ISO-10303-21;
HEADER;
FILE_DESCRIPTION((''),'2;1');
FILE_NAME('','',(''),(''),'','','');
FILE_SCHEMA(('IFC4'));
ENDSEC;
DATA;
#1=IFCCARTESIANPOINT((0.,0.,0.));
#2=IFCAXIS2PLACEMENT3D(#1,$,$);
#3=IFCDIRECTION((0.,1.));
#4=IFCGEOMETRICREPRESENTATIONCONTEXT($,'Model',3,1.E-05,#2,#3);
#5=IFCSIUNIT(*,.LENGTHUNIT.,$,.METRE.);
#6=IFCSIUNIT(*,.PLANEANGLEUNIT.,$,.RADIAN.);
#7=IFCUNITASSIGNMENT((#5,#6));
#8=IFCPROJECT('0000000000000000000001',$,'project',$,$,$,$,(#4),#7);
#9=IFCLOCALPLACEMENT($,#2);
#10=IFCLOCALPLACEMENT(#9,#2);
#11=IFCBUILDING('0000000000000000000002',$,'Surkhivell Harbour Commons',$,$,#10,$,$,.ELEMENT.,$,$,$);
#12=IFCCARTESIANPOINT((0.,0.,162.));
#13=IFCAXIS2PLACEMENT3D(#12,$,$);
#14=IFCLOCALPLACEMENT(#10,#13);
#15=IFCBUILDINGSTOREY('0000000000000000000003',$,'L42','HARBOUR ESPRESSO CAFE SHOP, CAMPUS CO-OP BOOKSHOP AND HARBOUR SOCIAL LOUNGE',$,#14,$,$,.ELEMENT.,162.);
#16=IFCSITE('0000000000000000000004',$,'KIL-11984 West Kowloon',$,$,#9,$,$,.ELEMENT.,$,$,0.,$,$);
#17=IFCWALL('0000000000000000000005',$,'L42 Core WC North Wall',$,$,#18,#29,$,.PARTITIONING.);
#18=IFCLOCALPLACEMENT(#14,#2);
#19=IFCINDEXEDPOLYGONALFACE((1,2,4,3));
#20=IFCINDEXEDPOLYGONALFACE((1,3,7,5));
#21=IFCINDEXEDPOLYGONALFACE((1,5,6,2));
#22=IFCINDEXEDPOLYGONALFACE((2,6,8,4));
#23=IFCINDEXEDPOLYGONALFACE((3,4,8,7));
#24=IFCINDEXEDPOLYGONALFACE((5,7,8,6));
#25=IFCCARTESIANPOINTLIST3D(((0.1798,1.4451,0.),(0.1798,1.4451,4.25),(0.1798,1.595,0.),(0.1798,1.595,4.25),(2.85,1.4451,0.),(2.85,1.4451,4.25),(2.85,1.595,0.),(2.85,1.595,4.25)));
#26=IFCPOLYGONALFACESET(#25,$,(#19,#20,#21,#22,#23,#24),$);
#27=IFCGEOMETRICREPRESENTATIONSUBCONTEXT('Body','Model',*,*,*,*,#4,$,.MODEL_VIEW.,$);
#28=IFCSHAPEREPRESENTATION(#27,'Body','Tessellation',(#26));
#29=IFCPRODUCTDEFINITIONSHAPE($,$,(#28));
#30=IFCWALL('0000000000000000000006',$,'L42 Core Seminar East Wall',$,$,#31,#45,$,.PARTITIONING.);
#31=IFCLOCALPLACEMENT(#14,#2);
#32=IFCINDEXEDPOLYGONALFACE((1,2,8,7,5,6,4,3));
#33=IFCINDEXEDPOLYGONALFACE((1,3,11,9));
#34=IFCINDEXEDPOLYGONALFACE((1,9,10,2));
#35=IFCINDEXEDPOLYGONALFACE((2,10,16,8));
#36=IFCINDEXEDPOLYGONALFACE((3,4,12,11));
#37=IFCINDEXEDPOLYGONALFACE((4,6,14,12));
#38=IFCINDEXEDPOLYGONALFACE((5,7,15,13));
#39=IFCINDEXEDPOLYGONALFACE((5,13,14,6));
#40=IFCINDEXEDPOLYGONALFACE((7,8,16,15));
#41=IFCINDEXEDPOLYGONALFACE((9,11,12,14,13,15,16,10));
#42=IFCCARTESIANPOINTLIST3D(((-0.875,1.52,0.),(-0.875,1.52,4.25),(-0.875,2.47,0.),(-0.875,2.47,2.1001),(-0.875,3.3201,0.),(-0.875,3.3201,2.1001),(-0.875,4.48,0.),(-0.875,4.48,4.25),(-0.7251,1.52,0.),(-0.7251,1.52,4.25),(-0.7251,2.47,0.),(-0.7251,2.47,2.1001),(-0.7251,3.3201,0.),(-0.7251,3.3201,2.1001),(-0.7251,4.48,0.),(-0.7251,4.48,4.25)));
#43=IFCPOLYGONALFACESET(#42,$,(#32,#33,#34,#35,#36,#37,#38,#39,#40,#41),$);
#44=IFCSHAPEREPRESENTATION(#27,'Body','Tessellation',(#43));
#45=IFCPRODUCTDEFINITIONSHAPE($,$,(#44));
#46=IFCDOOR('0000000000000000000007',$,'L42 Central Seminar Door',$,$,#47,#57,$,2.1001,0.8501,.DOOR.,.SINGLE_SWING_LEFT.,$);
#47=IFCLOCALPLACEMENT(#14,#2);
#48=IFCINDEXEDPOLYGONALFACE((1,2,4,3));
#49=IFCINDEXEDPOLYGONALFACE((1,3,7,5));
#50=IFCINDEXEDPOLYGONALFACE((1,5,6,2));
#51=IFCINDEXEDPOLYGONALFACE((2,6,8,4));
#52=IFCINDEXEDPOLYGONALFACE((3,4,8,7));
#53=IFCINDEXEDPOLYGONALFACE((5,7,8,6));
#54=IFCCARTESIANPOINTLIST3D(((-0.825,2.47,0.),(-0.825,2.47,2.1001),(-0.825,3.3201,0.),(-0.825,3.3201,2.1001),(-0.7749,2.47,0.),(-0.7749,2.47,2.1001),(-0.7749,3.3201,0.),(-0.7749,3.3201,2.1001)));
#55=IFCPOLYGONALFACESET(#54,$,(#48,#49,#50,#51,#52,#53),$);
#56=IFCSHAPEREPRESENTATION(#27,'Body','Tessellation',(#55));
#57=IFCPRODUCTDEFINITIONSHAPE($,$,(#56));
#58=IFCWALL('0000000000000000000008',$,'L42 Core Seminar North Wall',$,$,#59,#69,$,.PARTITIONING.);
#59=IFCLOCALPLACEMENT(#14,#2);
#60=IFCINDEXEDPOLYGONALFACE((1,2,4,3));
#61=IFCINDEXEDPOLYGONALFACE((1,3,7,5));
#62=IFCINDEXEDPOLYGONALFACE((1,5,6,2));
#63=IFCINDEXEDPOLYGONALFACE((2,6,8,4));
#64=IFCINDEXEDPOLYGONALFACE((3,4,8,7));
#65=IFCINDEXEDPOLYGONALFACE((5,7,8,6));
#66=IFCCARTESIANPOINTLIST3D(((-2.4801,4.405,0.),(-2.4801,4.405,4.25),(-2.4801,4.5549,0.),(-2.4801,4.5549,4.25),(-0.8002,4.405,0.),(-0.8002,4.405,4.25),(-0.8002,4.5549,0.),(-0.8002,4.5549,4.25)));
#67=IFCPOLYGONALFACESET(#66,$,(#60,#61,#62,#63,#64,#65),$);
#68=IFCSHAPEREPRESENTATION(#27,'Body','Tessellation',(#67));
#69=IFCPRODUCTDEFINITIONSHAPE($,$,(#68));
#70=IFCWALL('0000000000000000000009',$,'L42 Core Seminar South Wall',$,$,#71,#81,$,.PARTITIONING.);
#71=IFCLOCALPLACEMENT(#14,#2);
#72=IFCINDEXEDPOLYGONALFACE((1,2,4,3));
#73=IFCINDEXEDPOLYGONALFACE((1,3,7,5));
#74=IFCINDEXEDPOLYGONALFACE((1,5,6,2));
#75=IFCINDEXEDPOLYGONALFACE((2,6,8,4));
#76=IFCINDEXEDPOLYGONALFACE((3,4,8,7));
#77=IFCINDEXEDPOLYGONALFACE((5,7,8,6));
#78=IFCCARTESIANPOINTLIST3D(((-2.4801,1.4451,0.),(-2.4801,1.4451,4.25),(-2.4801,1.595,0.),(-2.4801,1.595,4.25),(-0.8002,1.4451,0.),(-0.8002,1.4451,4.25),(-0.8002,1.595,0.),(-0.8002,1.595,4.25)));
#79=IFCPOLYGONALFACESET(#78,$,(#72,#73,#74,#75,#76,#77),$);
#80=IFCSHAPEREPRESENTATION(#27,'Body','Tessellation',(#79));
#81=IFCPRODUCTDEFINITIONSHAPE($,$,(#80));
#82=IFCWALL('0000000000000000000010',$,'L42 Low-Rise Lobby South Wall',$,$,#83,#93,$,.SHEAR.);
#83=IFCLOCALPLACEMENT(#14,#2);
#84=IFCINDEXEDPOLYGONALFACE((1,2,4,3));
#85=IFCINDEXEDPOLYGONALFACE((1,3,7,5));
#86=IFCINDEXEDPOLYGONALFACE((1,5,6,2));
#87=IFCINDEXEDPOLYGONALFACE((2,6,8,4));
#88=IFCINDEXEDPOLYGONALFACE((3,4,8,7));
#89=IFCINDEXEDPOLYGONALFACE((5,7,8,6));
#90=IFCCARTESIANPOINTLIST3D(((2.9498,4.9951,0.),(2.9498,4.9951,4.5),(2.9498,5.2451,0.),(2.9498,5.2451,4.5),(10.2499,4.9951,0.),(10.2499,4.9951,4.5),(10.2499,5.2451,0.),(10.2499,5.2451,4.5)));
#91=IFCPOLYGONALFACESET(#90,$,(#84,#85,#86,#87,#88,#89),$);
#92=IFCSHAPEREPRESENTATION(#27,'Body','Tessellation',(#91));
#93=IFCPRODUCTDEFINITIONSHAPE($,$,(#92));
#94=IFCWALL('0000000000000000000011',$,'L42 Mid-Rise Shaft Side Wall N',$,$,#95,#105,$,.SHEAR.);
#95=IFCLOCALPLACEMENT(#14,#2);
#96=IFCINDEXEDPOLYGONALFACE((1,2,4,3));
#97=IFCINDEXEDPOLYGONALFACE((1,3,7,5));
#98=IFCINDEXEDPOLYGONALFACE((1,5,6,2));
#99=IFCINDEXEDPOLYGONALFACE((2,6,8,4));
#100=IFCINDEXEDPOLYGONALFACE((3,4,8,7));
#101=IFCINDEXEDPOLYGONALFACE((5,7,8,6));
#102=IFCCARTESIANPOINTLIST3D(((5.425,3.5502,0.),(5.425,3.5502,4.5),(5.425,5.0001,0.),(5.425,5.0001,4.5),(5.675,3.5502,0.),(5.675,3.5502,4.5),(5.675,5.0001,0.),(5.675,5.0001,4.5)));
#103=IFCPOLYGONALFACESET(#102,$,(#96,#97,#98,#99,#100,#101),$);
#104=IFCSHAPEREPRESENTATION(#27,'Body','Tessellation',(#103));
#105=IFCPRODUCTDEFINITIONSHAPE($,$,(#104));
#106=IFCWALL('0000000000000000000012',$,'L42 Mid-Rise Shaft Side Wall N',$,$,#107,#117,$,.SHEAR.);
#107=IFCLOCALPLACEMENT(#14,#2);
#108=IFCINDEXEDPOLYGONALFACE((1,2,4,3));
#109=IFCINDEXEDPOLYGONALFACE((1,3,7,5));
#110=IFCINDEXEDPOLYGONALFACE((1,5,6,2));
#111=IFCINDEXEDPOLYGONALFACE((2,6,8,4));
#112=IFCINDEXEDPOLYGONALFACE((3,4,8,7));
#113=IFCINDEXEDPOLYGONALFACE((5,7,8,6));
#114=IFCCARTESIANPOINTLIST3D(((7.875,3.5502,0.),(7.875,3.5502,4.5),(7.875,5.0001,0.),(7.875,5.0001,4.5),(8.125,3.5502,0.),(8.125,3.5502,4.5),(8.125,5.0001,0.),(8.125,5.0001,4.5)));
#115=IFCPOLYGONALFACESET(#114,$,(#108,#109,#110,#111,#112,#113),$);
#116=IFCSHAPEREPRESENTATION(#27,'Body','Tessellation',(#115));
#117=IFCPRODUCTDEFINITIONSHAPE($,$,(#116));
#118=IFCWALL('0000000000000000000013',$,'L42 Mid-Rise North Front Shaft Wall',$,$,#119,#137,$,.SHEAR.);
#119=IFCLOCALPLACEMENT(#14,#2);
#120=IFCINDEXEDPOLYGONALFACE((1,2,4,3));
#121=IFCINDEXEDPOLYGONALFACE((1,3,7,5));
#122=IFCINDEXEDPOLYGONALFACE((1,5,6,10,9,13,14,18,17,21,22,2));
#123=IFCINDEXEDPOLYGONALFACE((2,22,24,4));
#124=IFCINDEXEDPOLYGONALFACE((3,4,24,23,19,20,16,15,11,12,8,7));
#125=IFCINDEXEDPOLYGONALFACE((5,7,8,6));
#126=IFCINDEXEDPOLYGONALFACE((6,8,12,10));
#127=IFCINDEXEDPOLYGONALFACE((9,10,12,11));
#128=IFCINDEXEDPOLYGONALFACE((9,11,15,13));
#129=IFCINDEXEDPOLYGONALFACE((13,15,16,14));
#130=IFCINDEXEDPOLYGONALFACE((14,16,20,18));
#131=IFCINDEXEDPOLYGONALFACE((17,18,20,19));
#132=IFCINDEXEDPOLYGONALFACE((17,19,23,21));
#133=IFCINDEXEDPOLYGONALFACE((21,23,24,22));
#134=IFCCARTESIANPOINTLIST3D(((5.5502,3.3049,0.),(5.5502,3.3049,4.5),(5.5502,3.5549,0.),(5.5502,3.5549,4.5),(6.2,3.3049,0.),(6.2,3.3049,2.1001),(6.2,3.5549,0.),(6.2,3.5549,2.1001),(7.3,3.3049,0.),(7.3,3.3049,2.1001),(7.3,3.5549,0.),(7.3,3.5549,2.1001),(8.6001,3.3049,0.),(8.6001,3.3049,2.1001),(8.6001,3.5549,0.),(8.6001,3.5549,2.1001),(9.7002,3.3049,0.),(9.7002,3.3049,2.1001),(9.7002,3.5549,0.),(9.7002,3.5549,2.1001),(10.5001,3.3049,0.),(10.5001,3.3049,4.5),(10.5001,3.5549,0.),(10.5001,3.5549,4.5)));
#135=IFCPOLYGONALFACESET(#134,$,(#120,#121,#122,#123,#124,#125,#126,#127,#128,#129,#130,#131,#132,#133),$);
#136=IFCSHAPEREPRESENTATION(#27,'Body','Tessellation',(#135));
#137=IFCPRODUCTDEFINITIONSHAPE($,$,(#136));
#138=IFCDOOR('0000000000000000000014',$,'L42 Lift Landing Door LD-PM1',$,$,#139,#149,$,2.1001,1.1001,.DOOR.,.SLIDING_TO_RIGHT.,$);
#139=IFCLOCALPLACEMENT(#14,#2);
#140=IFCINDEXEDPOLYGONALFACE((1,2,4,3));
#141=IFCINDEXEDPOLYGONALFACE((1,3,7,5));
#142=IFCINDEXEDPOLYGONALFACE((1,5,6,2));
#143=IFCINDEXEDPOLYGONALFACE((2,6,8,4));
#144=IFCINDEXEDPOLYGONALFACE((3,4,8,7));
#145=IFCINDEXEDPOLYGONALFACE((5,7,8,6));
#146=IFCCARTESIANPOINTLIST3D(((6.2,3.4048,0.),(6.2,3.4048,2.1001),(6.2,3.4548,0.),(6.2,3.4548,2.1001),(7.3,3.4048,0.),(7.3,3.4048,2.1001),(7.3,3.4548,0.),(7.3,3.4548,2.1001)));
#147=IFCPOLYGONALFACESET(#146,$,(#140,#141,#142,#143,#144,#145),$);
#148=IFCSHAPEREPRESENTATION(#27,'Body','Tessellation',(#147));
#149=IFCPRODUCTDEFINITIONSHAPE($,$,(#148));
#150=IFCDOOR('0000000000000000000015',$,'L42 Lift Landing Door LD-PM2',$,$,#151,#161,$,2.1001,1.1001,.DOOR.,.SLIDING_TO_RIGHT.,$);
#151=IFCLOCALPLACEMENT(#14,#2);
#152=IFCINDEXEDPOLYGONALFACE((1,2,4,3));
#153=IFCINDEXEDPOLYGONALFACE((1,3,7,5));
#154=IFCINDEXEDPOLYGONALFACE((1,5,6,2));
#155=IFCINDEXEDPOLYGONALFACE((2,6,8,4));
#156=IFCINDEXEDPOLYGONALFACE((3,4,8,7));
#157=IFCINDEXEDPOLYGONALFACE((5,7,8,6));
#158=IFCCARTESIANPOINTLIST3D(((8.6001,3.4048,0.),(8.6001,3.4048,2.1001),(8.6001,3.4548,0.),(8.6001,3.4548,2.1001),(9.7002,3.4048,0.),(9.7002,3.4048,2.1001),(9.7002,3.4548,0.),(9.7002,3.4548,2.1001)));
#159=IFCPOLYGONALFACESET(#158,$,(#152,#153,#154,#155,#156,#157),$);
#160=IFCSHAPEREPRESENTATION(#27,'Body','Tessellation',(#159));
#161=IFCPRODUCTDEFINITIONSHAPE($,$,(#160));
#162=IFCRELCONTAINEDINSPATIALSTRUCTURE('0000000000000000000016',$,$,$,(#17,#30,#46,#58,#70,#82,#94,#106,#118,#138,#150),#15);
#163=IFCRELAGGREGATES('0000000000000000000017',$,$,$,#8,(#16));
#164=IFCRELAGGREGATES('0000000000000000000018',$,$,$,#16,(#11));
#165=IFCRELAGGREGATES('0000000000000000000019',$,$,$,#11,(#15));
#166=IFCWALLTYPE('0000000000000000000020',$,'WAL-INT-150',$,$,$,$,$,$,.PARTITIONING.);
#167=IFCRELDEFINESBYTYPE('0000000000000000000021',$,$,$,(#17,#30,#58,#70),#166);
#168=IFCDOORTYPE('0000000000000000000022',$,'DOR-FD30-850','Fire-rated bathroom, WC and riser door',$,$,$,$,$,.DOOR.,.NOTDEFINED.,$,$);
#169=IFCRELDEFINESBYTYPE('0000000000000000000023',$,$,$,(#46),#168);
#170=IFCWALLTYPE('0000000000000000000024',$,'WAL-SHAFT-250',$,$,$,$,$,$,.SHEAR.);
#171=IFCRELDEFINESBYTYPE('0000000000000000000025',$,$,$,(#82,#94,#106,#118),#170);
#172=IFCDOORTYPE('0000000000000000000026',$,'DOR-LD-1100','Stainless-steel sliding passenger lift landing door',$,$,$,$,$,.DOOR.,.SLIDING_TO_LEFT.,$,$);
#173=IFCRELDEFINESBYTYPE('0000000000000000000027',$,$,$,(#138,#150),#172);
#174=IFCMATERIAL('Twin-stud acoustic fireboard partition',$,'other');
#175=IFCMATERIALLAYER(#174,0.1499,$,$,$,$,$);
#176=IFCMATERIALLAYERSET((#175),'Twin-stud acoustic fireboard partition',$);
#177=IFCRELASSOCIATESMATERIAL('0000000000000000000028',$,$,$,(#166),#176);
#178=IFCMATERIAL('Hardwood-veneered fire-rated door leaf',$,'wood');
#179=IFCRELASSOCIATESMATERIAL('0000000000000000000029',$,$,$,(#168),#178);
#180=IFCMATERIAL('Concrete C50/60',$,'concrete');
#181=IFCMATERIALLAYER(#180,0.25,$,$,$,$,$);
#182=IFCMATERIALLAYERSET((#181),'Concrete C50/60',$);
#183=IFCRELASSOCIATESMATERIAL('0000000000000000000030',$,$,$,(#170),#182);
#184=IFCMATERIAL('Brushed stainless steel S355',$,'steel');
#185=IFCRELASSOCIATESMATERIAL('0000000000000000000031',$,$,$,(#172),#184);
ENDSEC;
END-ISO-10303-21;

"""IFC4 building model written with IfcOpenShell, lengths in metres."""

from ifc_helpers import new_model, si_unit, direction, frame, frame_2d, origin, place, context, subcontext, project, spatial, rectangle, extrude, material, layer, layer_set, type_object, element, fill, save


model = new_model("IFC4")

# Units and contexts
model_context = context("Model", 3, precision=1e-05, world=origin(), true_north=direction((0.0, 1.0)))
body_context = subcontext(model_context, "Body", "Model", "MODEL_VIEW")
ifc_project = project(units=[si_unit("LENGTHUNIT", "METRE"), si_unit("PLANEANGLEUNIT", "RADIAN")], contexts=[model_context])

# Site, building, storey
site_placement = place(None, origin())
site = spatial("IfcSite", under=ifc_project, at=site_placement, Name="KIL-11984 West Kowloon", CompositionType="ELEMENT", RefElevation=0.0)
building_placement = place(site_placement, origin())
building = spatial("IfcBuilding", under=site, at=building_placement, Name="Surkhivell Harbour Commons", CompositionType="ELEMENT")
storey_placement = place(building_placement, frame((0.0, 0.0, 162.0)))
storey = spatial("IfcBuildingStorey", under=building, at=storey_placement, Name="L42", Description="HARBOUR ESPRESSO CAFE SHOP, CAMPUS CO-OP BOOKSHOP AND HARBOUR SOCIAL LOUNGE", CompositionType="ELEMENT", Elevation=162.0)

# Wall
ifc_material_1 = material(Name="Twin-stud acoustic fireboard partition", Category="other")
ifc_layer_1 = layer(ifc_material_1, 0.1499)
ifc_layer_set_1 = layer_set([ifc_layer_1], Name="Twin-stud acoustic fireboard partition")
wall_type_1 = type_object("IfcWallType", Name="WAL-INT-150", PredefinedType="PARTITIONING", material=ifc_layer_set_1)
wall_1_placement = place(storey_placement, frame((0.1799, 1.52, 0.0), z_axis=(0.0, 0.0, 1.0), x_axis=(1.0, 0.0, 0.0)))
element("IfcWall", 1, at=wall_1_placement, inside=storey, type_object=wall_type_1, Name="L42 Core WC North Wall", PredefinedType="PARTITIONING", context=body_context, shape_type="SweptSolid", body=[
    extrude(rectangle(XDim=2.6702, YDim=0.1499, at=frame_2d((1.335, 0.0))), origin(), (0.0, 0.0, 1.0), 4.25),
])

# Wall, opening, door
wall_2_placement = place(storey_placement, frame((-0.8, 1.52, 0.0), z_axis=(0.0, 0.0, 1.0), x_axis=(0.0, 1.0, 0.0)))
wall_2 = element("IfcWall", 2, at=wall_2_placement, inside=storey, type_object=wall_type_1, Name="L42 Core Seminar East Wall", PredefinedType="PARTITIONING", context=body_context, shape_type="SweptSolid", body=[
    extrude(rectangle(XDim=2.96, YDim=0.1499, at=frame_2d((1.48, 0.0))), origin(), (0.0, 0.0, 1.0), 4.25),
])
opening_1_placement = place(wall_2_placement, frame((0.95, 0.0, 0.0)))
opening_1 = element("IfcOpeningElement", 3, at=opening_1_placement, cuts=wall_2, PredefinedType="OPENING", context=body_context, shape_type="SweptSolid", body=[
    extrude(rectangle(XDim=0.8501, YDim=2.1001, at=frame_2d((0.425, 1.05))), frame((0.0, 0.085, 0.0), z_axis=(0.0, -1.0, 0.0), x_axis=(1.0, 0.0, 0.0)), (0.0, 0.0, 1.0), 0.1699),
])
ifc_material_2 = material(Name="Hardwood-veneered fire-rated door leaf", Category="wood")
door_type_1 = type_object("IfcDoorType", Name="DOR-FD30-850", Description="Fire-rated bathroom, WC and riser door", OperationType="NOTDEFINED", PredefinedType="DOOR", material=ifc_material_2)
door_1_placement = place(opening_1_placement, origin())
door_1 = element("IfcDoor", 4, at=door_1_placement, inside=storey, type_object=door_type_1, Name="L42 Central Seminar Door", OperationType="SINGLE_SWING_LEFT", OverallHeight=2.1001, OverallWidth=0.8501, PredefinedType="DOOR", context=body_context, shape_type="SweptSolid", body=[
    extrude(rectangle(XDim=0.8501, YDim=2.1001, at=frame_2d((0.425, 1.05))), frame((0.0, 0.0249, 0.0), z_axis=(0.0, -1.0, 0.0), x_axis=(1.0, 0.0, 0.0)), (0.0, 0.0, 1.0), 0.05),
])
fill(opening_1, door_1)

# Walls
for number, where, z_axis, x_axis, name in (
    (5, (-2.48, 4.48, 0.0), (0.0, 0.0, 1.0), (1.0, 0.0, 0.0), "L42 Core Seminar North Wall"),
    (6, (-2.48, 1.52, 0.0), (0.0, 0.0, 1.0), (1.0, 0.0, 0.0), "L42 Core Seminar South Wall"),
):
    element("IfcWall", number, at=place(storey_placement, frame(where, z_axis=z_axis, x_axis=x_axis)), inside=storey, type_object=wall_type_1, Name=name, PredefinedType="PARTITIONING", context=body_context, shape_type="SweptSolid", body=[
        extrude(rectangle(XDim=1.6799, YDim=0.1499, at=frame_2d((0.8398, 0.0))), origin(), (0.0, 0.0, 1.0), 4.25),
    ])
ifc_material_3 = material(Name="Concrete C50/60", Category="concrete")
ifc_layer_2 = layer(ifc_material_3, 0.25)
ifc_layer_set_2 = layer_set([ifc_layer_2], Name="Concrete C50/60")
wall_type_2 = type_object("IfcWallType", Name="WAL-SHAFT-250", PredefinedType="SHEAR", material=ifc_layer_set_2)
wall_3_placement = place(storey_placement, frame((2.95, 5.1201, 0.0), z_axis=(0.0, 0.0, 1.0), x_axis=(1.0, 0.0, 0.0)))
element("IfcWall", 7, at=wall_3_placement, inside=storey, type_object=wall_type_2, Name="L42 Low-Rise Lobby South Wall", PredefinedType="SHEAR", context=body_context, shape_type="SweptSolid", body=[
    extrude(rectangle(XDim=7.3, YDim=0.25, at=frame_2d((3.6499, 0.0))), origin(), (0.0, 0.0, 1.0), 4.5),
])
for number, where, z_axis, x_axis, name in (
    (8, (5.55, 3.55, 0.0), (0.0, 0.0, 1.0), (0.0, 1.0, 0.0), "L42 Mid-Rise Shaft Side Wall N"),
    (9, (8.0, 3.55, 0.0), (0.0, 0.0, 1.0), (0.0, 1.0, 0.0), "L42 Mid-Rise Shaft Side Wall N"),
):
    element("IfcWall", number, at=place(storey_placement, frame(where, z_axis=z_axis, x_axis=x_axis)), inside=storey, type_object=wall_type_2, Name=name, PredefinedType="SHEAR", context=body_context, shape_type="SweptSolid", body=[
        extrude(rectangle(XDim=1.45, YDim=0.25, at=frame_2d((0.7251, 0.0))), origin(), (0.0, 0.0, 1.0), 4.5),
    ])

# Wall, openings, doors
wall_4_placement = place(storey_placement, frame((5.55, 3.4299, 0.0), z_axis=(0.0, 0.0, 1.0), x_axis=(1.0, 0.0, 0.0)))
wall_4 = element("IfcWall", 10, at=wall_4_placement, inside=storey, type_object=wall_type_2, Name="L42 Mid-Rise North Front Shaft Wall", PredefinedType="SHEAR", context=body_context, shape_type="SweptSolid", body=[
    extrude(rectangle(XDim=4.95, YDim=0.25, at=frame_2d((2.4751, 0.0))), origin(), (0.0, 0.0, 1.0), 4.5),
])
opening_2_placement = place(wall_4_placement, frame((0.6499, 0.0, 0.0)))
opening_2 = element("IfcOpeningElement", 11, at=opening_2_placement, cuts=wall_4, PredefinedType="OPENING", context=body_context, shape_type="SweptSolid", body=[
    extrude(rectangle(XDim=1.1001, YDim=2.1001, at=frame_2d((0.55, 1.05))), frame((0.0, 0.135, 0.0), z_axis=(0.0, -1.0, 0.0), x_axis=(1.0, 0.0, 0.0)), (0.0, 0.0, 1.0), 0.27),
])
opening_3_placement = place(wall_4_placement, frame((3.05, 0.0, 0.0)))
opening_3 = element("IfcOpeningElement", 12, at=opening_3_placement, cuts=wall_4, PredefinedType="OPENING", context=body_context, shape_type="SweptSolid", body=[
    extrude(rectangle(XDim=1.1001, YDim=2.1001, at=frame_2d((0.55, 1.05))), frame((0.0, 0.135, 0.0), z_axis=(0.0, -1.0, 0.0), x_axis=(1.0, 0.0, 0.0)), (0.0, 0.0, 1.0), 0.27),
])
ifc_material_4 = material(Name="Brushed stainless steel S355", Category="steel")
door_type_2 = type_object("IfcDoorType", Name="DOR-LD-1100", Description="Stainless-steel sliding passenger lift landing door", OperationType="SLIDING_TO_LEFT", PredefinedType="DOOR", material=ifc_material_4)
door_2_placement = place(opening_2_placement, origin())
door_2 = element("IfcDoor", 13, at=door_2_placement, inside=storey, type_object=door_type_2, Name="L42 Lift Landing Door LD-PM1", OperationType="SLIDING_TO_RIGHT", OverallHeight=2.1001, OverallWidth=1.1001, PredefinedType="DOOR", context=body_context, shape_type="SweptSolid", body=[
    extrude(rectangle(XDim=1.1001, YDim=2.1001, at=frame_2d((0.55, 1.05))), frame((0.0, 0.0249, 0.0), z_axis=(0.0, -1.0, 0.0), x_axis=(1.0, 0.0, 0.0)), (0.0, 0.0, 1.0), 0.05),
])
fill(opening_2, door_2)
door_3_placement = place(opening_3_placement, origin())
door_3 = element("IfcDoor", 14, at=door_3_placement, inside=storey, type_object=door_type_2, Name="L42 Lift Landing Door LD-PM2", OperationType="SLIDING_TO_RIGHT", OverallHeight=2.1001, OverallWidth=1.1001, PredefinedType="DOOR", context=body_context, shape_type="SweptSolid", body=[
    extrude(rectangle(XDim=1.1001, YDim=2.1001, at=frame_2d((0.55, 1.05))), frame((0.0, 0.0249, 0.0), z_axis=(0.0, -1.0, 0.0), x_axis=(1.0, 0.0, 0.0)), (0.0, 0.0, 1.0), 0.05),
])
fill(opening_3, door_3)

save(model, "model.ifc")
